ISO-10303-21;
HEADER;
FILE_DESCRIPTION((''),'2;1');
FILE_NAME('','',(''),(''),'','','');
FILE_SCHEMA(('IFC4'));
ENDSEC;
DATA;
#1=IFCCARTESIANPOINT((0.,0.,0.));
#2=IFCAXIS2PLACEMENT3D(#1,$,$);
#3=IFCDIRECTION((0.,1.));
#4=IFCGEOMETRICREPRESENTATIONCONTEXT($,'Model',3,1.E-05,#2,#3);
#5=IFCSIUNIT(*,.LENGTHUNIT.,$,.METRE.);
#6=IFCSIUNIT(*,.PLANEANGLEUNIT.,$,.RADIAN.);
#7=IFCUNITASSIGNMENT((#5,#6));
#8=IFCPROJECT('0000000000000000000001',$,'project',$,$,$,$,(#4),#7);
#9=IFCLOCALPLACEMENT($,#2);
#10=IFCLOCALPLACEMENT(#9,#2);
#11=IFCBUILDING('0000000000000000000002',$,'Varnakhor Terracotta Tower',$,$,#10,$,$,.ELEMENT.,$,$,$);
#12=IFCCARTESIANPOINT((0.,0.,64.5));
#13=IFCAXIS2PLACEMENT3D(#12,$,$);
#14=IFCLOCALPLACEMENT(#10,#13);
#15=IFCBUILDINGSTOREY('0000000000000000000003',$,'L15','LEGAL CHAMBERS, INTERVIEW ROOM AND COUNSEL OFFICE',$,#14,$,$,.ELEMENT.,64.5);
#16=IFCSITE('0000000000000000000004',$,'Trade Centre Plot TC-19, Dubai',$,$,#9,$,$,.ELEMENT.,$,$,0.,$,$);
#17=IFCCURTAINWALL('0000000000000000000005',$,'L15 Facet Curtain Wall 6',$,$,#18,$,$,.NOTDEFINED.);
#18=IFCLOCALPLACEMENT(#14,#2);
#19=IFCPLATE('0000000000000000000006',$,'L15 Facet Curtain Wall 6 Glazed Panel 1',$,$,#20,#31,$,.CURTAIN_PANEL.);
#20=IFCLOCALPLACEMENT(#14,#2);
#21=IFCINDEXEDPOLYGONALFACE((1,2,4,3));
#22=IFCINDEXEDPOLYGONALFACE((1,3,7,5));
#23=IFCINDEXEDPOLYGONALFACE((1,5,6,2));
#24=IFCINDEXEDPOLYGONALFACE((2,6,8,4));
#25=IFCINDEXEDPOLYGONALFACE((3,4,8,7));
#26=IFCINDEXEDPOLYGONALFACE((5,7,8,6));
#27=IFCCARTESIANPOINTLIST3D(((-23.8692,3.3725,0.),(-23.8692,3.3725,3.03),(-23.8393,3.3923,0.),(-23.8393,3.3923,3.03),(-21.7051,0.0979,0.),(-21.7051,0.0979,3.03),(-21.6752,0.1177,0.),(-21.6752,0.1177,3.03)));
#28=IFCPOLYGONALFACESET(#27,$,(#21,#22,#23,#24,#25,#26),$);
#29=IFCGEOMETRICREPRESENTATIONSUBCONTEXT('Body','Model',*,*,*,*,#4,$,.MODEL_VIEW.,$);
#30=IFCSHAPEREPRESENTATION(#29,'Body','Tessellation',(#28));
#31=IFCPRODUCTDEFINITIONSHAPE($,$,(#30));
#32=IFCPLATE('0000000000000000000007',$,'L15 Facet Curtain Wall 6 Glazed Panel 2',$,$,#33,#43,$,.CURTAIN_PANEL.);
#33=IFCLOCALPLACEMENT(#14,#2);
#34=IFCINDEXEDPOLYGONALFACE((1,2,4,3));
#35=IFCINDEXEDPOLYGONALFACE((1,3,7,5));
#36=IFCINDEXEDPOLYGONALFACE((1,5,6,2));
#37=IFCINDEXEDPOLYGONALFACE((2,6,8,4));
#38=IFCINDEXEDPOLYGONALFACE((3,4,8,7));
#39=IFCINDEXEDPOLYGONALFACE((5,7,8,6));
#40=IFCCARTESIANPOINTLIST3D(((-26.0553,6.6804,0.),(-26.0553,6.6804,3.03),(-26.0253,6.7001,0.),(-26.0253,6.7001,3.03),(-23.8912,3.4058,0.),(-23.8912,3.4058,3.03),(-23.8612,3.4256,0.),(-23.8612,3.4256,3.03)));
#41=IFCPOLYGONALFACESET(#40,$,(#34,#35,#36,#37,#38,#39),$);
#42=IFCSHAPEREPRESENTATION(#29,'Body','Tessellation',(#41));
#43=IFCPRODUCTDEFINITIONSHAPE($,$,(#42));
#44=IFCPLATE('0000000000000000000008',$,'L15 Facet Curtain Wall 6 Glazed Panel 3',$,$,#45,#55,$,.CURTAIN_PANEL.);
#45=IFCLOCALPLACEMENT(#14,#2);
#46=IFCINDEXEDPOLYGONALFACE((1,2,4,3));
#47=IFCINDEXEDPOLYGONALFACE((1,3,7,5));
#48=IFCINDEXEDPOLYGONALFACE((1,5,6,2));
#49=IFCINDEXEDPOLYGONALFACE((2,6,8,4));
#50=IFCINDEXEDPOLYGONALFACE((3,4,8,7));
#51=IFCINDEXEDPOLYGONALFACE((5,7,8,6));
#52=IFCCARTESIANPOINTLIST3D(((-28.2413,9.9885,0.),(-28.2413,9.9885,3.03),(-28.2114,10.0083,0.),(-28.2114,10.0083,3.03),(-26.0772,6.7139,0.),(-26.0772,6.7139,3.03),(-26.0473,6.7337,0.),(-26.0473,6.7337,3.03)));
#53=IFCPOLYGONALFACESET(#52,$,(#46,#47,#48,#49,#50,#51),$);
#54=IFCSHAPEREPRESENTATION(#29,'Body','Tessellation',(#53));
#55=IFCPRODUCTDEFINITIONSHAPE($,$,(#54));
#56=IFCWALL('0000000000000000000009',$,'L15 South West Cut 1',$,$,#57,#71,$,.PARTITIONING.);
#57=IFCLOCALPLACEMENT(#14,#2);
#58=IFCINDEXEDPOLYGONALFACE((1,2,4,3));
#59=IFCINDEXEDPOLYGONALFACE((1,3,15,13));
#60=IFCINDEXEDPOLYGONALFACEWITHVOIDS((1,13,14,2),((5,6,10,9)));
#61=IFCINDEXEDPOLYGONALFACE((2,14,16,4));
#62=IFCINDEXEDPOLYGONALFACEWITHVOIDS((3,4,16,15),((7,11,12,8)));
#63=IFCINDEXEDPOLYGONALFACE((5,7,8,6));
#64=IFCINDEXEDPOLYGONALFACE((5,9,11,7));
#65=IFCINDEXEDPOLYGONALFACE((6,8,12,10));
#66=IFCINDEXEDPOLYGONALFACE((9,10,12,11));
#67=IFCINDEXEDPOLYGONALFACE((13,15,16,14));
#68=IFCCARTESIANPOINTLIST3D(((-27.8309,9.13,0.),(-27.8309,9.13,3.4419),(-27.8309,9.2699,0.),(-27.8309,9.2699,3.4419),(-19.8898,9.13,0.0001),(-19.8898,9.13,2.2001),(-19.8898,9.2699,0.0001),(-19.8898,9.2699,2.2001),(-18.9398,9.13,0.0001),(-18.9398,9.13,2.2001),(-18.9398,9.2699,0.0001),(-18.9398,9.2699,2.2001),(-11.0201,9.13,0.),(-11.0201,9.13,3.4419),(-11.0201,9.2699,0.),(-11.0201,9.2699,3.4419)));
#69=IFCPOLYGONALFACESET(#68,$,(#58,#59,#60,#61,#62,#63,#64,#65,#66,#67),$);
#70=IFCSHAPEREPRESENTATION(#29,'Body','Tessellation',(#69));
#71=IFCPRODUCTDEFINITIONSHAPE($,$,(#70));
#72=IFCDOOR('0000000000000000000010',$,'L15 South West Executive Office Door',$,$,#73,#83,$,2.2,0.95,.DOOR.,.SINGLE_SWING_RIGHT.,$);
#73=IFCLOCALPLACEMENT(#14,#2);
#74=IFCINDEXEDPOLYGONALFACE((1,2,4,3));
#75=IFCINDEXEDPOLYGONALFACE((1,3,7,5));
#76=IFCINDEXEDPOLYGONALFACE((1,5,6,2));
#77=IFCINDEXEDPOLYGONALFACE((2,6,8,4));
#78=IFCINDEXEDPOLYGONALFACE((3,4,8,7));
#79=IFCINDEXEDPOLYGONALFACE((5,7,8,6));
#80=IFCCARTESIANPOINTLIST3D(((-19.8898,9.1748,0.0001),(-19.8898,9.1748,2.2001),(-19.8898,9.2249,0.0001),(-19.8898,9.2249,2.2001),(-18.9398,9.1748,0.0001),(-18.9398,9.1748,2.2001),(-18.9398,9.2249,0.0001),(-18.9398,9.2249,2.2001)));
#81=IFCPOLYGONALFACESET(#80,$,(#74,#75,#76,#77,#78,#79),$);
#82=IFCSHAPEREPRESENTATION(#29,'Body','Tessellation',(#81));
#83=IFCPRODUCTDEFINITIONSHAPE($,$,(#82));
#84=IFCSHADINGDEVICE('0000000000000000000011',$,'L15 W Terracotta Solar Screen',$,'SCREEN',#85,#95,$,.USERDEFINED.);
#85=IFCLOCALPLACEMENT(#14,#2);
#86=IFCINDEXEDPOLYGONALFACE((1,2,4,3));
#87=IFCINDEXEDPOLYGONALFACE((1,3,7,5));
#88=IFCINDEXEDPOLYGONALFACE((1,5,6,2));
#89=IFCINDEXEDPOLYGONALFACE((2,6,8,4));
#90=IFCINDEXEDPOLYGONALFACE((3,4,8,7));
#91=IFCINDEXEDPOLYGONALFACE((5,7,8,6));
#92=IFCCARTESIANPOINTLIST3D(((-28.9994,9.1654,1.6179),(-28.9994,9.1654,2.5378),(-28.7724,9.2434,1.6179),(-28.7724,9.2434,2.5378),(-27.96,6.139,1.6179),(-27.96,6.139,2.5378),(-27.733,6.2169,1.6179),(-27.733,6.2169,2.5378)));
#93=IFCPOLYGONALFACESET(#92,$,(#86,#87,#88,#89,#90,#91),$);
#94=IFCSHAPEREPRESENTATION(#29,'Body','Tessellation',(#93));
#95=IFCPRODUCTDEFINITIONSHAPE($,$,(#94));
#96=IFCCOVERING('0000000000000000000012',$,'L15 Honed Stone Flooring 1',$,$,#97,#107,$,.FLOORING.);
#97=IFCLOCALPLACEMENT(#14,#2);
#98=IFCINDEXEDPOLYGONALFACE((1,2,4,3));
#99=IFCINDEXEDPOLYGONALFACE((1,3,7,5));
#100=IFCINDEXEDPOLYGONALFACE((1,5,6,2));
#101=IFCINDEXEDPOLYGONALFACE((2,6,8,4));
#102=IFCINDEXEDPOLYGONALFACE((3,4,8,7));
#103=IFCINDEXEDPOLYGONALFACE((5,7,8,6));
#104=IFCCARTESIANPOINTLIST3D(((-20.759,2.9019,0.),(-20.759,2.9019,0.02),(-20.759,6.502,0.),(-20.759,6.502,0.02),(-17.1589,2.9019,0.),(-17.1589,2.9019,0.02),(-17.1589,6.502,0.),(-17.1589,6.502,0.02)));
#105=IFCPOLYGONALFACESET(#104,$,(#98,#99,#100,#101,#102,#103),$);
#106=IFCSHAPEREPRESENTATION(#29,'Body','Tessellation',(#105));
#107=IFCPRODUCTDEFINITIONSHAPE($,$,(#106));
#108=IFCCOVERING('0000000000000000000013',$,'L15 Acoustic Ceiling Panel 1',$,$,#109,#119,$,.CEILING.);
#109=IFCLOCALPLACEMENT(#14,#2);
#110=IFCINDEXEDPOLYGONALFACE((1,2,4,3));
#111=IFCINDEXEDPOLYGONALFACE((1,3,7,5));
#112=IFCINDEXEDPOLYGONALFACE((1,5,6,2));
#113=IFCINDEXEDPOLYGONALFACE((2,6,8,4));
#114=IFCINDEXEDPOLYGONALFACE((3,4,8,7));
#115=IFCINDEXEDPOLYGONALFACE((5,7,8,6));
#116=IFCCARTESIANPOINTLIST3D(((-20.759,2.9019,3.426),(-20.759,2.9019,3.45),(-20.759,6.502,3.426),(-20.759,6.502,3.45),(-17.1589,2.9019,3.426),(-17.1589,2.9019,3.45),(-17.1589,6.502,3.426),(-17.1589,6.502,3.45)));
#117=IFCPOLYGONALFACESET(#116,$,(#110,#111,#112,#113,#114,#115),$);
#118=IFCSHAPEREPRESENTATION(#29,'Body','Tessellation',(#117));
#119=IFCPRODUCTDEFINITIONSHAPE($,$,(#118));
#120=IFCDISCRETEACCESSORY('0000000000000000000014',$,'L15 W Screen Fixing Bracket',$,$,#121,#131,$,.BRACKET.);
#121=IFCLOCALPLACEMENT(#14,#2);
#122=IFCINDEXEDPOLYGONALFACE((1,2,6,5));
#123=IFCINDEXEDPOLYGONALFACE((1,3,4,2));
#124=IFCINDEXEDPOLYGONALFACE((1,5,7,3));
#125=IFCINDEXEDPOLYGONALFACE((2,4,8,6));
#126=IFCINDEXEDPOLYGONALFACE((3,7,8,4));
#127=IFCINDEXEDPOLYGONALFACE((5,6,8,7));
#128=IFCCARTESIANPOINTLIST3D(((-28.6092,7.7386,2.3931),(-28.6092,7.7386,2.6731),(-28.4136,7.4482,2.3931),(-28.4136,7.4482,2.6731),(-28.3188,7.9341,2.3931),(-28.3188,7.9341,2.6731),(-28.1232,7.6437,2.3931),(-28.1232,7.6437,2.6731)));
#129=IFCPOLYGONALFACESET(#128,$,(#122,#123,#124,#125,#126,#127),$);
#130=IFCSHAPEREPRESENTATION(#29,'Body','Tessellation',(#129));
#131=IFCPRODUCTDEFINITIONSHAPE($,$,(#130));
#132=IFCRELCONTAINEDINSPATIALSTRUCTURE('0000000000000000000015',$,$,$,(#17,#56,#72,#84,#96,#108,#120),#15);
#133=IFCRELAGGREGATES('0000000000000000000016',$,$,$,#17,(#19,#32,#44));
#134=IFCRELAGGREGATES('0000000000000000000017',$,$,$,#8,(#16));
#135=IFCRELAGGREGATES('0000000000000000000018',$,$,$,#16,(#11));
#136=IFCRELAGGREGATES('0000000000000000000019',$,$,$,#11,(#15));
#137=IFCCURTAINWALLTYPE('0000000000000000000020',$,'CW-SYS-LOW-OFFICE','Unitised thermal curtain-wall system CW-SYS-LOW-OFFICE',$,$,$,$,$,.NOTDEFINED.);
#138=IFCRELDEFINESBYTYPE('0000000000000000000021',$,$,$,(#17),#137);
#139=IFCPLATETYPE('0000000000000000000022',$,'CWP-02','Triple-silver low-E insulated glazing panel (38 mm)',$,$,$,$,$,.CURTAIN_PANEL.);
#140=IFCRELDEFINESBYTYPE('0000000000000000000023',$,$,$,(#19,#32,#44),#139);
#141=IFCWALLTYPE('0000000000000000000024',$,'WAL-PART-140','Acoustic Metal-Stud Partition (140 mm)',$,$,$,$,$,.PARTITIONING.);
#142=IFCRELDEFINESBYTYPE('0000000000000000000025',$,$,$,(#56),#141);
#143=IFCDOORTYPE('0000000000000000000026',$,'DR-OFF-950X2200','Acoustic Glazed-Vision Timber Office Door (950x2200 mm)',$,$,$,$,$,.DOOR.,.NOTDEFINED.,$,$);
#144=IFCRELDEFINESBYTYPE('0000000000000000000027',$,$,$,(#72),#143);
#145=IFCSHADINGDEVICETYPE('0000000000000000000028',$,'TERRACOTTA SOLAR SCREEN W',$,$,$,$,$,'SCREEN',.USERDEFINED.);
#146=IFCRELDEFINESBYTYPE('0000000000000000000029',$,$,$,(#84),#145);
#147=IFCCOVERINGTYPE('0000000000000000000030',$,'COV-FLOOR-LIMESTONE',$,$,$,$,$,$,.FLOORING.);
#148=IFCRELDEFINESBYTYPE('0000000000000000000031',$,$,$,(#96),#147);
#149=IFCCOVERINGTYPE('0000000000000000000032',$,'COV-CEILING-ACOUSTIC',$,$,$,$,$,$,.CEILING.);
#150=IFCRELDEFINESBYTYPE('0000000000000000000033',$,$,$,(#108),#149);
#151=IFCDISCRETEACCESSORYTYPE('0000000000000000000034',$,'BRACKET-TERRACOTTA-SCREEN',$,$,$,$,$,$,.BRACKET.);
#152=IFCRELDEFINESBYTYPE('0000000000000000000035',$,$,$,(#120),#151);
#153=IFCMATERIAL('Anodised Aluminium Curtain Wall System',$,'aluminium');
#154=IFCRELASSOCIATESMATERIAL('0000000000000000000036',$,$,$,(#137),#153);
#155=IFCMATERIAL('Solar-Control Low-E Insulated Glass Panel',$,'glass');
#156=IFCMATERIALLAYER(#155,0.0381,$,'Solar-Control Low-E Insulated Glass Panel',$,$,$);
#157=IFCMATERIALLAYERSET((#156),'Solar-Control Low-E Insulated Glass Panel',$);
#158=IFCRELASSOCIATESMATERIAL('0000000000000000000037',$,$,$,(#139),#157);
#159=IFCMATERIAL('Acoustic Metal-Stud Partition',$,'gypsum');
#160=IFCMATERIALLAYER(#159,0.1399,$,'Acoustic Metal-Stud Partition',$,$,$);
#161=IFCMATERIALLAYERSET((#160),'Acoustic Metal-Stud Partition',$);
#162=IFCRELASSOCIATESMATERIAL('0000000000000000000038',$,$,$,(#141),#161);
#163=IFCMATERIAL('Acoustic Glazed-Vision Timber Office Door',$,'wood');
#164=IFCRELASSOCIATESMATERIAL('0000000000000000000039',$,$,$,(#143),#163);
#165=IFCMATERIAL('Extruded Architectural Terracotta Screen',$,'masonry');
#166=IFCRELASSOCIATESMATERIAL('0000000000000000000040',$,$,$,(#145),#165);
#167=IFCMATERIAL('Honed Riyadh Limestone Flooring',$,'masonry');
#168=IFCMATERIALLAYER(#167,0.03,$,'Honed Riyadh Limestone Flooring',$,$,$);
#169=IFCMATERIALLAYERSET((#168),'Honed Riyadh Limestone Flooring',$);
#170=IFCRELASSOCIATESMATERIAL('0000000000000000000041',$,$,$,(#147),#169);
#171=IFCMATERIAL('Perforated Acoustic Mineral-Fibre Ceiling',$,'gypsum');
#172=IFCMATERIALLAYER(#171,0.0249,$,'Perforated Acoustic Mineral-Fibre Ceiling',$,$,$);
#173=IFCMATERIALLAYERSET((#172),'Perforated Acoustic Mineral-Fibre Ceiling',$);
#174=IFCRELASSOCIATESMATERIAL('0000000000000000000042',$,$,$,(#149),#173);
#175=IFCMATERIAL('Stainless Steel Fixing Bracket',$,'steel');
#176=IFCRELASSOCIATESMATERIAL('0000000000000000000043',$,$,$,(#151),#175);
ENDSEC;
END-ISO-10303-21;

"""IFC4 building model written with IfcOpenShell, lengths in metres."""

from ifc_helpers import new_model, si_unit, direction, frame, frame_2d, origin, origin_2d, place, context, subcontext, project, spatial, rectangle, extrude, source, transform, mapped, material, layer, layer_set, type_object, type_shapes, element, fill, aggregate, save


model = new_model("IFC4")

# Units and contexts
model_context = context("Model", 3, precision=1e-05, world=origin(), true_north=direction((0.0, 1.0)))
body_context = subcontext(model_context, "Body", "Model", "MODEL_VIEW")
ifc_project = project(units=[si_unit("LENGTHUNIT", "METRE"), si_unit("PLANEANGLEUNIT", "RADIAN")], contexts=[model_context])

# Site, building, storey
site_placement = place(None, origin())
site = spatial("IfcSite", under=ifc_project, at=site_placement, Name="Trade Centre Plot TC-19, Dubai", CompositionType="ELEMENT", RefElevation=0.0)
building_placement = place(site_placement, origin())
building = spatial("IfcBuilding", under=site, at=building_placement, Name="Varnakhor Terracotta Tower", CompositionType="ELEMENT")
storey_placement = place(building_placement, frame((0.0, 0.0, 64.5)))
storey = spatial("IfcBuildingStorey", under=building, at=storey_placement, Name="L15", Description="LEGAL CHAMBERS, INTERVIEW ROOM AND COUNSEL OFFICE", CompositionType="ELEMENT", Elevation=64.5)

# Shared definitions
ifc_material_1 = material(Name="Anodised Aluminium Curtain Wall System", Category="aluminium")
curtain_wall_type = type_object("IfcCurtainWallType", Name="CW-SYS-LOW-OFFICE", Description="Unitised thermal curtain-wall system CW-SYS-LOW-OFFICE", PredefinedType="NOTDEFINED", material=ifc_material_1)

# Curtain wall
curtain_wall_1_placement = place(storey_placement, origin())
curtain_wall_1 = element("IfcCurtainWall", 1, at=curtain_wall_1_placement, inside=storey, type_object=curtain_wall_type, Name="L15 Facet Curtain Wall 6", PredefinedType="NOTDEFINED")

# Plates
ifc_material_2 = material(Name="Solar-Control Low-E Insulated Glass Panel", Category="glass")
ifc_layer_1 = layer(ifc_material_2, 0.0381, Name="Solar-Control Low-E Insulated Glass Panel")
ifc_layer_set_1 = layer_set([ifc_layer_1], Name="Solar-Control Low-E Insulated Glass Panel")
plate_type = type_object("IfcPlateType", Name="CWP-02", Description="Triple-silver low-E insulated glazing panel (38 mm)", PredefinedType="CURTAIN_PANEL", material=ifc_layer_set_1)
shared_shape_1 = source(origin(), body_context, "Body", "SweptSolid", [
    extrude(rectangle(XDim=3.925, YDim=0.0359, at=origin_2d()), origin(), (0.0, 0.0, 1.0), 3.03),
])
plate_1_placement = place(storey_placement, frame((-22.7722, 1.7451, 0.0), z_axis=(0.0, 0.0, 1.0), x_axis=(-0.551355, 0.834271, 0.0)))
plate_1 = element("IfcPlate", 2, at=plate_1_placement, type_object=plate_type, Name="L15 Facet Curtain Wall 6 Glazed Panel 1", PredefinedType="CURTAIN_PANEL", context=body_context, shape_type="MappedRepresentation", body=[
    mapped(shared_shape_1, transform((0.0, 0.0, 0.0), scale=1.0)),
])
plate_2_placement = place(storey_placement, frame((-24.9583, 5.053, 0.0), z_axis=(0.0, 0.0, 1.0), x_axis=(-0.551355, 0.834271, 0.0)))
plate_2 = element("IfcPlate", 3, at=plate_2_placement, type_object=plate_type, Name="L15 Facet Curtain Wall 6 Glazed Panel 2", PredefinedType="CURTAIN_PANEL", context=body_context, shape_type="MappedRepresentation", body=[
    mapped(shared_shape_1, transform((0.0, 0.0, 0.0), scale=1.0)),
])
plate_3_placement = place(storey_placement, frame((-27.1443, 8.3611, 0.0), z_axis=(0.0, 0.0, 1.0), x_axis=(-0.551355, 0.834271, 0.0)))
plate_3 = element("IfcPlate", 4, at=plate_3_placement, type_object=plate_type, Name="L15 Facet Curtain Wall 6 Glazed Panel 3", PredefinedType="CURTAIN_PANEL", context=body_context, shape_type="MappedRepresentation", body=[
    mapped(shared_shape_1, transform((0.0, 0.0, 0.0), scale=1.0)),
])
aggregate(curtain_wall_1, [plate_1, plate_2, plate_3])

# Wall, opening, door
ifc_material_3 = material(Name="Acoustic Metal-Stud Partition", Category="gypsum")
ifc_layer_2 = layer(ifc_material_3, 0.1399, Name="Acoustic Metal-Stud Partition")
ifc_layer_set_2 = layer_set([ifc_layer_2], Name="Acoustic Metal-Stud Partition")
wall_type = type_object("IfcWallType", Name="WAL-PART-140", Description="Acoustic Metal-Stud Partition (140 mm)", PredefinedType="PARTITIONING", material=ifc_layer_set_2)
wall_placement = place(storey_placement, frame((-27.8308, 9.2, 0.0), z_axis=(0.0, 0.0, 1.0), x_axis=(1.0, 0.0, 0.0)))
wall = element("IfcWall", 5, at=wall_placement, inside=storey, type_object=wall_type, Name="L15 South West Cut 1", PredefinedType="PARTITIONING", context=body_context, shape_type="SweptSolid", body=[
    extrude(rectangle(XDim=16.8108, YDim=0.1399, at=frame_2d((8.4053, 0.0))), origin(), (0.0, 0.0, 1.0), 3.4419),
])
opening_placement = place(wall_placement, frame((7.9409, 0.0, 0.0)))
opening = element("IfcOpeningElement", 6, at=opening_placement, cuts=wall, PredefinedType="OPENING", context=body_context, shape_type="SweptSolid", body=[
    extrude(rectangle(XDim=0.95, YDim=2.2, at=frame_2d((0.4751, 1.1001))), frame((0.0, 0.0801, 0.0), z_axis=(0.0, -1.0, 0.0), x_axis=(1.0, 0.0, 0.0)), (0.0, 0.0, 1.0), 0.1599),
])
ifc_material_4 = material(Name="Acoustic Glazed-Vision Timber Office Door", Category="wood")
door_type = type_object("IfcDoorType", Name="DR-OFF-950X2200", Description="Acoustic Glazed-Vision Timber Office Door (950x2200 mm)", OperationType="NOTDEFINED", PredefinedType="DOOR", material=ifc_material_4)
shared_shape_2 = source(origin(), body_context, "Body", "SweptSolid", [
    extrude(rectangle(XDim=0.95, YDim=2.2, at=frame_2d((0.4751, 1.1001))), frame((0.0, 0.0249, 0.0), z_axis=(0.0, -1.0, 0.0), x_axis=(1.0, 0.0, 0.0)), (0.0, 0.0, 1.0), 0.05),
])
type_shapes(door_type, [shared_shape_2])
door_placement = place(opening_placement, origin())
door = element("IfcDoor", 7, at=door_placement, inside=storey, type_object=door_type, Name="L15 South West Executive Office Door", OperationType="SINGLE_SWING_RIGHT", OverallHeight=2.2, OverallWidth=0.95, PredefinedType="DOOR", context=body_context, shape_type="MappedRepresentation", body=[
    mapped(shared_shape_2, transform((0.0, 0.0, 0.0), scale=1.0)),
])
fill(opening, door)

# Shading device
ifc_material_5 = material(Name="Extruded Architectural Terracotta Screen", Category="masonry")
shading_device_type = type_object("IfcShadingDeviceType", Name="TERRACOTTA SOLAR SCREEN W", ElementType="SCREEN", PredefinedType="USERDEFINED", material=ifc_material_5)
shared_shape_3 = source(origin(), body_context, "Body", "SweptSolid", [
    extrude(rectangle(XDim=3.2, YDim=0.24, at=origin_2d()), origin(), (0.0, 0.0, 1.0), 0.9199),
])
type_shapes(shading_device_type, [shared_shape_3])
shading_device_placement = place(storey_placement, frame((-28.3662, 7.6912, 1.6179), z_axis=(0.0, 0.0, 1.0), x_axis=(0.324825, -0.945774, 0.0)))
element("IfcShadingDevice", 8, at=shading_device_placement, inside=storey, type_object=shading_device_type, Name="L15 W Terracotta Solar Screen", ObjectType="SCREEN", PredefinedType="USERDEFINED", context=body_context, shape_type="MappedRepresentation", body=[
    mapped(shared_shape_3, transform((0.0, 0.0, 0.0), scale=1.0)),
])

# Coverings
ifc_material_6 = material(Name="Honed Riyadh Limestone Flooring", Category="masonry")
ifc_layer_3 = layer(ifc_material_6, 0.03, Name="Honed Riyadh Limestone Flooring")
ifc_layer_set_3 = layer_set([ifc_layer_3], Name="Honed Riyadh Limestone Flooring")
covering_type_1 = type_object("IfcCoveringType", Name="COV-FLOOR-LIMESTONE", PredefinedType="FLOORING", material=ifc_layer_set_3)
shared_shape_4 = source(origin(), body_context, "Body", "SweptSolid", [
    extrude(rectangle(XDim=3.6001, YDim=3.6001, at=origin_2d()), origin(), (0.0, 0.0, 1.0), 0.02),
])
covering_1_placement = place(storey_placement, frame((-18.959, 4.7019, 0.0), z_axis=(0.0, 0.0, 1.0), x_axis=(1.0, 0.0, 0.0)))
element("IfcCovering", 9, at=covering_1_placement, inside=storey, type_object=covering_type_1, Name="L15 Honed Stone Flooring 1", PredefinedType="FLOORING", context=body_context, shape_type="MappedRepresentation", body=[
    mapped(shared_shape_4, transform((0.0, 0.0, 0.0), scale=1.0)),
])
ifc_material_7 = material(Name="Perforated Acoustic Mineral-Fibre Ceiling", Category="gypsum")
ifc_layer_4 = layer(ifc_material_7, 0.0249, Name="Perforated Acoustic Mineral-Fibre Ceiling")
ifc_layer_set_4 = layer_set([ifc_layer_4], Name="Perforated Acoustic Mineral-Fibre Ceiling")
covering_type_2 = type_object("IfcCoveringType", Name="COV-CEILING-ACOUSTIC", PredefinedType="CEILING", material=ifc_layer_set_4)
shared_shape_5 = source(origin(), body_context, "Body", "SweptSolid", [
    extrude(rectangle(XDim=3.6001, YDim=3.6001, at=origin_2d()), origin(), (0.0, 0.0, 1.0), 0.0239),
])
covering_2_placement = place(storey_placement, frame((-18.959, 4.7019, 3.426), z_axis=(0.0, 0.0, 1.0), x_axis=(1.0, 0.0, 0.0)))
element("IfcCovering", 10, at=covering_2_placement, inside=storey, type_object=covering_type_2, Name="L15 Acoustic Ceiling Panel 1", PredefinedType="CEILING", context=body_context, shape_type="MappedRepresentation", body=[
    mapped(shared_shape_5, transform((0.0, 0.0, 0.0), scale=1.0)),
])

# Discrete accessory
ifc_material_8 = material(Name="Stainless Steel Fixing Bracket", Category="steel")
discrete_accessory_type = type_object("IfcDiscreteAccessoryType", Name="BRACKET-TERRACOTTA-SCREEN", PredefinedType="BRACKET", material=ifc_material_8)
shared_shape_6 = source(origin(), body_context, "Body", "SweptSolid", [
    extrude(rectangle(XDim=0.3501, YDim=0.3501, at=origin_2d()), origin(), (0.0, 0.0, 1.0), 0.28),
])
type_shapes(discrete_accessory_type, [shared_shape_6])
discrete_accessory_placement = place(storey_placement, frame((-28.3662, 7.6912, 2.3931), z_axis=(0.0, 0.0, 1.0), x_axis=(0.558542, -0.829477, 0.0)))
element("IfcDiscreteAccessory", 11, at=discrete_accessory_placement, inside=storey, type_object=discrete_accessory_type, Name="L15 W Screen Fixing Bracket", PredefinedType="BRACKET", context=body_context, shape_type="MappedRepresentation", body=[
    mapped(shared_shape_6, transform((0.0, 0.0, 0.0), scale=1.0)),
])

save(model, "model.ifc")
